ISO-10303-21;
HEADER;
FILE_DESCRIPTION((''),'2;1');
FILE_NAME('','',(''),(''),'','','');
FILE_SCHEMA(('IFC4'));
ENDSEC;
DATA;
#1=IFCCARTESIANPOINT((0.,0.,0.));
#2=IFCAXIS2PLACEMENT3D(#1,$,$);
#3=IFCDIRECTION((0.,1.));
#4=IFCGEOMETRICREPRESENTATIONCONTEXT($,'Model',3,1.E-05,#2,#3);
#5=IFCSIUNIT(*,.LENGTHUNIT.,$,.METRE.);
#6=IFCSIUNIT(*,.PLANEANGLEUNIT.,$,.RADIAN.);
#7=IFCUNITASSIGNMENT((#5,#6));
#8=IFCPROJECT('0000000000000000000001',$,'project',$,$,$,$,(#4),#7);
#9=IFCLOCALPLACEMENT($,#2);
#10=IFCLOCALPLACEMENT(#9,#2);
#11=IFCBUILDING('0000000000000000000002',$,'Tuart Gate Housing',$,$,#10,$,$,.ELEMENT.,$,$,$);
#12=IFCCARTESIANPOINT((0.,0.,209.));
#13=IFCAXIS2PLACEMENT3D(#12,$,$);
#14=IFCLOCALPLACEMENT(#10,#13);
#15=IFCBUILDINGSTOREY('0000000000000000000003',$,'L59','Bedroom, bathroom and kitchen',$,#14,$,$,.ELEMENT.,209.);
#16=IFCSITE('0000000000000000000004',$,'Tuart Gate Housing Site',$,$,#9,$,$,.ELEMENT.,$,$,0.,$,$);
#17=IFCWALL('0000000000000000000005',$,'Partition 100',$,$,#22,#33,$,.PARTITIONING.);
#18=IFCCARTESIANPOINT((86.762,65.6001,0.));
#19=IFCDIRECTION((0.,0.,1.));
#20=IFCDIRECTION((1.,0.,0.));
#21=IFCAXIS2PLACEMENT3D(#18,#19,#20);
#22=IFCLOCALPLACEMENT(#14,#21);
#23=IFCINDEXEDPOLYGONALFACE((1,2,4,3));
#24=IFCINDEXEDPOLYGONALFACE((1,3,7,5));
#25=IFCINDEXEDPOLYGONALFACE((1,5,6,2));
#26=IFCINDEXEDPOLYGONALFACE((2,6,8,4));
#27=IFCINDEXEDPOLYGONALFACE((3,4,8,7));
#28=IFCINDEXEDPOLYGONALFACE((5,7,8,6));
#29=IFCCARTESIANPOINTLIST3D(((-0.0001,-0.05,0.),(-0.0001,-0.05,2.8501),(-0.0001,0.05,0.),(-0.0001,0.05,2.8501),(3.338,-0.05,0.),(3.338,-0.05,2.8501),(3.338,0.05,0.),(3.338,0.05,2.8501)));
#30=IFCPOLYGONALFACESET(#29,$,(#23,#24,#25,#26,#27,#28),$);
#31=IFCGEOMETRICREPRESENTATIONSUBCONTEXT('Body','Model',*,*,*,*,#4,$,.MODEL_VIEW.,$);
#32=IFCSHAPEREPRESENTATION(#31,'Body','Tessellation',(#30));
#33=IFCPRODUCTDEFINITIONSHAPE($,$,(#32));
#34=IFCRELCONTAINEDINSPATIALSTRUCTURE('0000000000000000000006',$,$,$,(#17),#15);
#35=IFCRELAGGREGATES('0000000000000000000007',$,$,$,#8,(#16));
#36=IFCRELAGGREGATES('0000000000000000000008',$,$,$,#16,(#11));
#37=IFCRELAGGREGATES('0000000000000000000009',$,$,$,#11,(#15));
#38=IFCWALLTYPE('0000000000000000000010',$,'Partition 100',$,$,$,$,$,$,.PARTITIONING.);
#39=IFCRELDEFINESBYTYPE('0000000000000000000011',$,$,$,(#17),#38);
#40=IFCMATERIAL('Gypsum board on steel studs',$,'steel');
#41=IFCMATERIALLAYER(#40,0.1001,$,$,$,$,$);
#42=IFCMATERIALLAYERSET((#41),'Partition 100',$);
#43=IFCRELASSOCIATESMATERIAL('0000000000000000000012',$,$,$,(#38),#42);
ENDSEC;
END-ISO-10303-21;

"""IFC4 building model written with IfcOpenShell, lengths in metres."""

from ifc_helpers import new_model, si_unit, direction, frame, frame_2d, origin, place, context, subcontext, project, spatial, rectangle, extrude, material, layer, layer_set, type_object, element, save


model = new_model("IFC4")

# Units and contexts
model_context = context("Model", 3, precision=1e-05, world=origin(), true_north=direction((0.0, 1.0)))
body_context = subcontext(model_context, "Body", "Model", "MODEL_VIEW")
ifc_project = project(units=[si_unit("LENGTHUNIT", "METRE"), si_unit("PLANEANGLEUNIT", "RADIAN")], contexts=[model_context])

# Site, building, storey
site_placement = place(None, origin())
site = spatial("IfcSite", under=ifc_project, at=site_placement, Name="Tuart Gate Housing Site", CompositionType="ELEMENT", RefElevation=0.0)
building_placement = place(site_placement, origin())
building = spatial("IfcBuilding", under=site, at=building_placement, Name="Tuart Gate Housing", CompositionType="ELEMENT")
storey_placement = place(building_placement, frame((0.0, 0.0, 209.0)))
storey = spatial("IfcBuildingStorey", under=building, at=storey_placement, Name="L59", Description="Bedroom, bathroom and kitchen", CompositionType="ELEMENT", Elevation=209.0)

# Shared definitions
ifc_material_1 = material(Name="Gypsum board on steel studs", Category="steel")
ifc_layer_1 = layer(ifc_material_1, 0.1001)
ifc_layer_set_1 = layer_set([ifc_layer_1], Name="Partition 100")
wall_type_1 = type_object("IfcWallType", Name="Partition 100", PredefinedType="PARTITIONING", material=ifc_layer_set_1)

# Wall
wall_1_placement = place(storey_placement, frame((86.762, 65.6001, 0.0), z_axis=(0.0, 0.0, 1.0), x_axis=(1.0, 0.0, 0.0)))
element("IfcWall", 1, at=wall_1_placement, inside=storey, type_object=wall_type_1, Name="Partition 100", PredefinedType="PARTITIONING", context=body_context, shape_type="SweptSolid", body=[
    extrude(rectangle(XDim=3.3381, YDim=0.1001, at=frame_2d((1.6689, 0.0))), origin(), (0.0, 0.0, 1.0), 2.8501),
])

save(model, "model.ifc")
